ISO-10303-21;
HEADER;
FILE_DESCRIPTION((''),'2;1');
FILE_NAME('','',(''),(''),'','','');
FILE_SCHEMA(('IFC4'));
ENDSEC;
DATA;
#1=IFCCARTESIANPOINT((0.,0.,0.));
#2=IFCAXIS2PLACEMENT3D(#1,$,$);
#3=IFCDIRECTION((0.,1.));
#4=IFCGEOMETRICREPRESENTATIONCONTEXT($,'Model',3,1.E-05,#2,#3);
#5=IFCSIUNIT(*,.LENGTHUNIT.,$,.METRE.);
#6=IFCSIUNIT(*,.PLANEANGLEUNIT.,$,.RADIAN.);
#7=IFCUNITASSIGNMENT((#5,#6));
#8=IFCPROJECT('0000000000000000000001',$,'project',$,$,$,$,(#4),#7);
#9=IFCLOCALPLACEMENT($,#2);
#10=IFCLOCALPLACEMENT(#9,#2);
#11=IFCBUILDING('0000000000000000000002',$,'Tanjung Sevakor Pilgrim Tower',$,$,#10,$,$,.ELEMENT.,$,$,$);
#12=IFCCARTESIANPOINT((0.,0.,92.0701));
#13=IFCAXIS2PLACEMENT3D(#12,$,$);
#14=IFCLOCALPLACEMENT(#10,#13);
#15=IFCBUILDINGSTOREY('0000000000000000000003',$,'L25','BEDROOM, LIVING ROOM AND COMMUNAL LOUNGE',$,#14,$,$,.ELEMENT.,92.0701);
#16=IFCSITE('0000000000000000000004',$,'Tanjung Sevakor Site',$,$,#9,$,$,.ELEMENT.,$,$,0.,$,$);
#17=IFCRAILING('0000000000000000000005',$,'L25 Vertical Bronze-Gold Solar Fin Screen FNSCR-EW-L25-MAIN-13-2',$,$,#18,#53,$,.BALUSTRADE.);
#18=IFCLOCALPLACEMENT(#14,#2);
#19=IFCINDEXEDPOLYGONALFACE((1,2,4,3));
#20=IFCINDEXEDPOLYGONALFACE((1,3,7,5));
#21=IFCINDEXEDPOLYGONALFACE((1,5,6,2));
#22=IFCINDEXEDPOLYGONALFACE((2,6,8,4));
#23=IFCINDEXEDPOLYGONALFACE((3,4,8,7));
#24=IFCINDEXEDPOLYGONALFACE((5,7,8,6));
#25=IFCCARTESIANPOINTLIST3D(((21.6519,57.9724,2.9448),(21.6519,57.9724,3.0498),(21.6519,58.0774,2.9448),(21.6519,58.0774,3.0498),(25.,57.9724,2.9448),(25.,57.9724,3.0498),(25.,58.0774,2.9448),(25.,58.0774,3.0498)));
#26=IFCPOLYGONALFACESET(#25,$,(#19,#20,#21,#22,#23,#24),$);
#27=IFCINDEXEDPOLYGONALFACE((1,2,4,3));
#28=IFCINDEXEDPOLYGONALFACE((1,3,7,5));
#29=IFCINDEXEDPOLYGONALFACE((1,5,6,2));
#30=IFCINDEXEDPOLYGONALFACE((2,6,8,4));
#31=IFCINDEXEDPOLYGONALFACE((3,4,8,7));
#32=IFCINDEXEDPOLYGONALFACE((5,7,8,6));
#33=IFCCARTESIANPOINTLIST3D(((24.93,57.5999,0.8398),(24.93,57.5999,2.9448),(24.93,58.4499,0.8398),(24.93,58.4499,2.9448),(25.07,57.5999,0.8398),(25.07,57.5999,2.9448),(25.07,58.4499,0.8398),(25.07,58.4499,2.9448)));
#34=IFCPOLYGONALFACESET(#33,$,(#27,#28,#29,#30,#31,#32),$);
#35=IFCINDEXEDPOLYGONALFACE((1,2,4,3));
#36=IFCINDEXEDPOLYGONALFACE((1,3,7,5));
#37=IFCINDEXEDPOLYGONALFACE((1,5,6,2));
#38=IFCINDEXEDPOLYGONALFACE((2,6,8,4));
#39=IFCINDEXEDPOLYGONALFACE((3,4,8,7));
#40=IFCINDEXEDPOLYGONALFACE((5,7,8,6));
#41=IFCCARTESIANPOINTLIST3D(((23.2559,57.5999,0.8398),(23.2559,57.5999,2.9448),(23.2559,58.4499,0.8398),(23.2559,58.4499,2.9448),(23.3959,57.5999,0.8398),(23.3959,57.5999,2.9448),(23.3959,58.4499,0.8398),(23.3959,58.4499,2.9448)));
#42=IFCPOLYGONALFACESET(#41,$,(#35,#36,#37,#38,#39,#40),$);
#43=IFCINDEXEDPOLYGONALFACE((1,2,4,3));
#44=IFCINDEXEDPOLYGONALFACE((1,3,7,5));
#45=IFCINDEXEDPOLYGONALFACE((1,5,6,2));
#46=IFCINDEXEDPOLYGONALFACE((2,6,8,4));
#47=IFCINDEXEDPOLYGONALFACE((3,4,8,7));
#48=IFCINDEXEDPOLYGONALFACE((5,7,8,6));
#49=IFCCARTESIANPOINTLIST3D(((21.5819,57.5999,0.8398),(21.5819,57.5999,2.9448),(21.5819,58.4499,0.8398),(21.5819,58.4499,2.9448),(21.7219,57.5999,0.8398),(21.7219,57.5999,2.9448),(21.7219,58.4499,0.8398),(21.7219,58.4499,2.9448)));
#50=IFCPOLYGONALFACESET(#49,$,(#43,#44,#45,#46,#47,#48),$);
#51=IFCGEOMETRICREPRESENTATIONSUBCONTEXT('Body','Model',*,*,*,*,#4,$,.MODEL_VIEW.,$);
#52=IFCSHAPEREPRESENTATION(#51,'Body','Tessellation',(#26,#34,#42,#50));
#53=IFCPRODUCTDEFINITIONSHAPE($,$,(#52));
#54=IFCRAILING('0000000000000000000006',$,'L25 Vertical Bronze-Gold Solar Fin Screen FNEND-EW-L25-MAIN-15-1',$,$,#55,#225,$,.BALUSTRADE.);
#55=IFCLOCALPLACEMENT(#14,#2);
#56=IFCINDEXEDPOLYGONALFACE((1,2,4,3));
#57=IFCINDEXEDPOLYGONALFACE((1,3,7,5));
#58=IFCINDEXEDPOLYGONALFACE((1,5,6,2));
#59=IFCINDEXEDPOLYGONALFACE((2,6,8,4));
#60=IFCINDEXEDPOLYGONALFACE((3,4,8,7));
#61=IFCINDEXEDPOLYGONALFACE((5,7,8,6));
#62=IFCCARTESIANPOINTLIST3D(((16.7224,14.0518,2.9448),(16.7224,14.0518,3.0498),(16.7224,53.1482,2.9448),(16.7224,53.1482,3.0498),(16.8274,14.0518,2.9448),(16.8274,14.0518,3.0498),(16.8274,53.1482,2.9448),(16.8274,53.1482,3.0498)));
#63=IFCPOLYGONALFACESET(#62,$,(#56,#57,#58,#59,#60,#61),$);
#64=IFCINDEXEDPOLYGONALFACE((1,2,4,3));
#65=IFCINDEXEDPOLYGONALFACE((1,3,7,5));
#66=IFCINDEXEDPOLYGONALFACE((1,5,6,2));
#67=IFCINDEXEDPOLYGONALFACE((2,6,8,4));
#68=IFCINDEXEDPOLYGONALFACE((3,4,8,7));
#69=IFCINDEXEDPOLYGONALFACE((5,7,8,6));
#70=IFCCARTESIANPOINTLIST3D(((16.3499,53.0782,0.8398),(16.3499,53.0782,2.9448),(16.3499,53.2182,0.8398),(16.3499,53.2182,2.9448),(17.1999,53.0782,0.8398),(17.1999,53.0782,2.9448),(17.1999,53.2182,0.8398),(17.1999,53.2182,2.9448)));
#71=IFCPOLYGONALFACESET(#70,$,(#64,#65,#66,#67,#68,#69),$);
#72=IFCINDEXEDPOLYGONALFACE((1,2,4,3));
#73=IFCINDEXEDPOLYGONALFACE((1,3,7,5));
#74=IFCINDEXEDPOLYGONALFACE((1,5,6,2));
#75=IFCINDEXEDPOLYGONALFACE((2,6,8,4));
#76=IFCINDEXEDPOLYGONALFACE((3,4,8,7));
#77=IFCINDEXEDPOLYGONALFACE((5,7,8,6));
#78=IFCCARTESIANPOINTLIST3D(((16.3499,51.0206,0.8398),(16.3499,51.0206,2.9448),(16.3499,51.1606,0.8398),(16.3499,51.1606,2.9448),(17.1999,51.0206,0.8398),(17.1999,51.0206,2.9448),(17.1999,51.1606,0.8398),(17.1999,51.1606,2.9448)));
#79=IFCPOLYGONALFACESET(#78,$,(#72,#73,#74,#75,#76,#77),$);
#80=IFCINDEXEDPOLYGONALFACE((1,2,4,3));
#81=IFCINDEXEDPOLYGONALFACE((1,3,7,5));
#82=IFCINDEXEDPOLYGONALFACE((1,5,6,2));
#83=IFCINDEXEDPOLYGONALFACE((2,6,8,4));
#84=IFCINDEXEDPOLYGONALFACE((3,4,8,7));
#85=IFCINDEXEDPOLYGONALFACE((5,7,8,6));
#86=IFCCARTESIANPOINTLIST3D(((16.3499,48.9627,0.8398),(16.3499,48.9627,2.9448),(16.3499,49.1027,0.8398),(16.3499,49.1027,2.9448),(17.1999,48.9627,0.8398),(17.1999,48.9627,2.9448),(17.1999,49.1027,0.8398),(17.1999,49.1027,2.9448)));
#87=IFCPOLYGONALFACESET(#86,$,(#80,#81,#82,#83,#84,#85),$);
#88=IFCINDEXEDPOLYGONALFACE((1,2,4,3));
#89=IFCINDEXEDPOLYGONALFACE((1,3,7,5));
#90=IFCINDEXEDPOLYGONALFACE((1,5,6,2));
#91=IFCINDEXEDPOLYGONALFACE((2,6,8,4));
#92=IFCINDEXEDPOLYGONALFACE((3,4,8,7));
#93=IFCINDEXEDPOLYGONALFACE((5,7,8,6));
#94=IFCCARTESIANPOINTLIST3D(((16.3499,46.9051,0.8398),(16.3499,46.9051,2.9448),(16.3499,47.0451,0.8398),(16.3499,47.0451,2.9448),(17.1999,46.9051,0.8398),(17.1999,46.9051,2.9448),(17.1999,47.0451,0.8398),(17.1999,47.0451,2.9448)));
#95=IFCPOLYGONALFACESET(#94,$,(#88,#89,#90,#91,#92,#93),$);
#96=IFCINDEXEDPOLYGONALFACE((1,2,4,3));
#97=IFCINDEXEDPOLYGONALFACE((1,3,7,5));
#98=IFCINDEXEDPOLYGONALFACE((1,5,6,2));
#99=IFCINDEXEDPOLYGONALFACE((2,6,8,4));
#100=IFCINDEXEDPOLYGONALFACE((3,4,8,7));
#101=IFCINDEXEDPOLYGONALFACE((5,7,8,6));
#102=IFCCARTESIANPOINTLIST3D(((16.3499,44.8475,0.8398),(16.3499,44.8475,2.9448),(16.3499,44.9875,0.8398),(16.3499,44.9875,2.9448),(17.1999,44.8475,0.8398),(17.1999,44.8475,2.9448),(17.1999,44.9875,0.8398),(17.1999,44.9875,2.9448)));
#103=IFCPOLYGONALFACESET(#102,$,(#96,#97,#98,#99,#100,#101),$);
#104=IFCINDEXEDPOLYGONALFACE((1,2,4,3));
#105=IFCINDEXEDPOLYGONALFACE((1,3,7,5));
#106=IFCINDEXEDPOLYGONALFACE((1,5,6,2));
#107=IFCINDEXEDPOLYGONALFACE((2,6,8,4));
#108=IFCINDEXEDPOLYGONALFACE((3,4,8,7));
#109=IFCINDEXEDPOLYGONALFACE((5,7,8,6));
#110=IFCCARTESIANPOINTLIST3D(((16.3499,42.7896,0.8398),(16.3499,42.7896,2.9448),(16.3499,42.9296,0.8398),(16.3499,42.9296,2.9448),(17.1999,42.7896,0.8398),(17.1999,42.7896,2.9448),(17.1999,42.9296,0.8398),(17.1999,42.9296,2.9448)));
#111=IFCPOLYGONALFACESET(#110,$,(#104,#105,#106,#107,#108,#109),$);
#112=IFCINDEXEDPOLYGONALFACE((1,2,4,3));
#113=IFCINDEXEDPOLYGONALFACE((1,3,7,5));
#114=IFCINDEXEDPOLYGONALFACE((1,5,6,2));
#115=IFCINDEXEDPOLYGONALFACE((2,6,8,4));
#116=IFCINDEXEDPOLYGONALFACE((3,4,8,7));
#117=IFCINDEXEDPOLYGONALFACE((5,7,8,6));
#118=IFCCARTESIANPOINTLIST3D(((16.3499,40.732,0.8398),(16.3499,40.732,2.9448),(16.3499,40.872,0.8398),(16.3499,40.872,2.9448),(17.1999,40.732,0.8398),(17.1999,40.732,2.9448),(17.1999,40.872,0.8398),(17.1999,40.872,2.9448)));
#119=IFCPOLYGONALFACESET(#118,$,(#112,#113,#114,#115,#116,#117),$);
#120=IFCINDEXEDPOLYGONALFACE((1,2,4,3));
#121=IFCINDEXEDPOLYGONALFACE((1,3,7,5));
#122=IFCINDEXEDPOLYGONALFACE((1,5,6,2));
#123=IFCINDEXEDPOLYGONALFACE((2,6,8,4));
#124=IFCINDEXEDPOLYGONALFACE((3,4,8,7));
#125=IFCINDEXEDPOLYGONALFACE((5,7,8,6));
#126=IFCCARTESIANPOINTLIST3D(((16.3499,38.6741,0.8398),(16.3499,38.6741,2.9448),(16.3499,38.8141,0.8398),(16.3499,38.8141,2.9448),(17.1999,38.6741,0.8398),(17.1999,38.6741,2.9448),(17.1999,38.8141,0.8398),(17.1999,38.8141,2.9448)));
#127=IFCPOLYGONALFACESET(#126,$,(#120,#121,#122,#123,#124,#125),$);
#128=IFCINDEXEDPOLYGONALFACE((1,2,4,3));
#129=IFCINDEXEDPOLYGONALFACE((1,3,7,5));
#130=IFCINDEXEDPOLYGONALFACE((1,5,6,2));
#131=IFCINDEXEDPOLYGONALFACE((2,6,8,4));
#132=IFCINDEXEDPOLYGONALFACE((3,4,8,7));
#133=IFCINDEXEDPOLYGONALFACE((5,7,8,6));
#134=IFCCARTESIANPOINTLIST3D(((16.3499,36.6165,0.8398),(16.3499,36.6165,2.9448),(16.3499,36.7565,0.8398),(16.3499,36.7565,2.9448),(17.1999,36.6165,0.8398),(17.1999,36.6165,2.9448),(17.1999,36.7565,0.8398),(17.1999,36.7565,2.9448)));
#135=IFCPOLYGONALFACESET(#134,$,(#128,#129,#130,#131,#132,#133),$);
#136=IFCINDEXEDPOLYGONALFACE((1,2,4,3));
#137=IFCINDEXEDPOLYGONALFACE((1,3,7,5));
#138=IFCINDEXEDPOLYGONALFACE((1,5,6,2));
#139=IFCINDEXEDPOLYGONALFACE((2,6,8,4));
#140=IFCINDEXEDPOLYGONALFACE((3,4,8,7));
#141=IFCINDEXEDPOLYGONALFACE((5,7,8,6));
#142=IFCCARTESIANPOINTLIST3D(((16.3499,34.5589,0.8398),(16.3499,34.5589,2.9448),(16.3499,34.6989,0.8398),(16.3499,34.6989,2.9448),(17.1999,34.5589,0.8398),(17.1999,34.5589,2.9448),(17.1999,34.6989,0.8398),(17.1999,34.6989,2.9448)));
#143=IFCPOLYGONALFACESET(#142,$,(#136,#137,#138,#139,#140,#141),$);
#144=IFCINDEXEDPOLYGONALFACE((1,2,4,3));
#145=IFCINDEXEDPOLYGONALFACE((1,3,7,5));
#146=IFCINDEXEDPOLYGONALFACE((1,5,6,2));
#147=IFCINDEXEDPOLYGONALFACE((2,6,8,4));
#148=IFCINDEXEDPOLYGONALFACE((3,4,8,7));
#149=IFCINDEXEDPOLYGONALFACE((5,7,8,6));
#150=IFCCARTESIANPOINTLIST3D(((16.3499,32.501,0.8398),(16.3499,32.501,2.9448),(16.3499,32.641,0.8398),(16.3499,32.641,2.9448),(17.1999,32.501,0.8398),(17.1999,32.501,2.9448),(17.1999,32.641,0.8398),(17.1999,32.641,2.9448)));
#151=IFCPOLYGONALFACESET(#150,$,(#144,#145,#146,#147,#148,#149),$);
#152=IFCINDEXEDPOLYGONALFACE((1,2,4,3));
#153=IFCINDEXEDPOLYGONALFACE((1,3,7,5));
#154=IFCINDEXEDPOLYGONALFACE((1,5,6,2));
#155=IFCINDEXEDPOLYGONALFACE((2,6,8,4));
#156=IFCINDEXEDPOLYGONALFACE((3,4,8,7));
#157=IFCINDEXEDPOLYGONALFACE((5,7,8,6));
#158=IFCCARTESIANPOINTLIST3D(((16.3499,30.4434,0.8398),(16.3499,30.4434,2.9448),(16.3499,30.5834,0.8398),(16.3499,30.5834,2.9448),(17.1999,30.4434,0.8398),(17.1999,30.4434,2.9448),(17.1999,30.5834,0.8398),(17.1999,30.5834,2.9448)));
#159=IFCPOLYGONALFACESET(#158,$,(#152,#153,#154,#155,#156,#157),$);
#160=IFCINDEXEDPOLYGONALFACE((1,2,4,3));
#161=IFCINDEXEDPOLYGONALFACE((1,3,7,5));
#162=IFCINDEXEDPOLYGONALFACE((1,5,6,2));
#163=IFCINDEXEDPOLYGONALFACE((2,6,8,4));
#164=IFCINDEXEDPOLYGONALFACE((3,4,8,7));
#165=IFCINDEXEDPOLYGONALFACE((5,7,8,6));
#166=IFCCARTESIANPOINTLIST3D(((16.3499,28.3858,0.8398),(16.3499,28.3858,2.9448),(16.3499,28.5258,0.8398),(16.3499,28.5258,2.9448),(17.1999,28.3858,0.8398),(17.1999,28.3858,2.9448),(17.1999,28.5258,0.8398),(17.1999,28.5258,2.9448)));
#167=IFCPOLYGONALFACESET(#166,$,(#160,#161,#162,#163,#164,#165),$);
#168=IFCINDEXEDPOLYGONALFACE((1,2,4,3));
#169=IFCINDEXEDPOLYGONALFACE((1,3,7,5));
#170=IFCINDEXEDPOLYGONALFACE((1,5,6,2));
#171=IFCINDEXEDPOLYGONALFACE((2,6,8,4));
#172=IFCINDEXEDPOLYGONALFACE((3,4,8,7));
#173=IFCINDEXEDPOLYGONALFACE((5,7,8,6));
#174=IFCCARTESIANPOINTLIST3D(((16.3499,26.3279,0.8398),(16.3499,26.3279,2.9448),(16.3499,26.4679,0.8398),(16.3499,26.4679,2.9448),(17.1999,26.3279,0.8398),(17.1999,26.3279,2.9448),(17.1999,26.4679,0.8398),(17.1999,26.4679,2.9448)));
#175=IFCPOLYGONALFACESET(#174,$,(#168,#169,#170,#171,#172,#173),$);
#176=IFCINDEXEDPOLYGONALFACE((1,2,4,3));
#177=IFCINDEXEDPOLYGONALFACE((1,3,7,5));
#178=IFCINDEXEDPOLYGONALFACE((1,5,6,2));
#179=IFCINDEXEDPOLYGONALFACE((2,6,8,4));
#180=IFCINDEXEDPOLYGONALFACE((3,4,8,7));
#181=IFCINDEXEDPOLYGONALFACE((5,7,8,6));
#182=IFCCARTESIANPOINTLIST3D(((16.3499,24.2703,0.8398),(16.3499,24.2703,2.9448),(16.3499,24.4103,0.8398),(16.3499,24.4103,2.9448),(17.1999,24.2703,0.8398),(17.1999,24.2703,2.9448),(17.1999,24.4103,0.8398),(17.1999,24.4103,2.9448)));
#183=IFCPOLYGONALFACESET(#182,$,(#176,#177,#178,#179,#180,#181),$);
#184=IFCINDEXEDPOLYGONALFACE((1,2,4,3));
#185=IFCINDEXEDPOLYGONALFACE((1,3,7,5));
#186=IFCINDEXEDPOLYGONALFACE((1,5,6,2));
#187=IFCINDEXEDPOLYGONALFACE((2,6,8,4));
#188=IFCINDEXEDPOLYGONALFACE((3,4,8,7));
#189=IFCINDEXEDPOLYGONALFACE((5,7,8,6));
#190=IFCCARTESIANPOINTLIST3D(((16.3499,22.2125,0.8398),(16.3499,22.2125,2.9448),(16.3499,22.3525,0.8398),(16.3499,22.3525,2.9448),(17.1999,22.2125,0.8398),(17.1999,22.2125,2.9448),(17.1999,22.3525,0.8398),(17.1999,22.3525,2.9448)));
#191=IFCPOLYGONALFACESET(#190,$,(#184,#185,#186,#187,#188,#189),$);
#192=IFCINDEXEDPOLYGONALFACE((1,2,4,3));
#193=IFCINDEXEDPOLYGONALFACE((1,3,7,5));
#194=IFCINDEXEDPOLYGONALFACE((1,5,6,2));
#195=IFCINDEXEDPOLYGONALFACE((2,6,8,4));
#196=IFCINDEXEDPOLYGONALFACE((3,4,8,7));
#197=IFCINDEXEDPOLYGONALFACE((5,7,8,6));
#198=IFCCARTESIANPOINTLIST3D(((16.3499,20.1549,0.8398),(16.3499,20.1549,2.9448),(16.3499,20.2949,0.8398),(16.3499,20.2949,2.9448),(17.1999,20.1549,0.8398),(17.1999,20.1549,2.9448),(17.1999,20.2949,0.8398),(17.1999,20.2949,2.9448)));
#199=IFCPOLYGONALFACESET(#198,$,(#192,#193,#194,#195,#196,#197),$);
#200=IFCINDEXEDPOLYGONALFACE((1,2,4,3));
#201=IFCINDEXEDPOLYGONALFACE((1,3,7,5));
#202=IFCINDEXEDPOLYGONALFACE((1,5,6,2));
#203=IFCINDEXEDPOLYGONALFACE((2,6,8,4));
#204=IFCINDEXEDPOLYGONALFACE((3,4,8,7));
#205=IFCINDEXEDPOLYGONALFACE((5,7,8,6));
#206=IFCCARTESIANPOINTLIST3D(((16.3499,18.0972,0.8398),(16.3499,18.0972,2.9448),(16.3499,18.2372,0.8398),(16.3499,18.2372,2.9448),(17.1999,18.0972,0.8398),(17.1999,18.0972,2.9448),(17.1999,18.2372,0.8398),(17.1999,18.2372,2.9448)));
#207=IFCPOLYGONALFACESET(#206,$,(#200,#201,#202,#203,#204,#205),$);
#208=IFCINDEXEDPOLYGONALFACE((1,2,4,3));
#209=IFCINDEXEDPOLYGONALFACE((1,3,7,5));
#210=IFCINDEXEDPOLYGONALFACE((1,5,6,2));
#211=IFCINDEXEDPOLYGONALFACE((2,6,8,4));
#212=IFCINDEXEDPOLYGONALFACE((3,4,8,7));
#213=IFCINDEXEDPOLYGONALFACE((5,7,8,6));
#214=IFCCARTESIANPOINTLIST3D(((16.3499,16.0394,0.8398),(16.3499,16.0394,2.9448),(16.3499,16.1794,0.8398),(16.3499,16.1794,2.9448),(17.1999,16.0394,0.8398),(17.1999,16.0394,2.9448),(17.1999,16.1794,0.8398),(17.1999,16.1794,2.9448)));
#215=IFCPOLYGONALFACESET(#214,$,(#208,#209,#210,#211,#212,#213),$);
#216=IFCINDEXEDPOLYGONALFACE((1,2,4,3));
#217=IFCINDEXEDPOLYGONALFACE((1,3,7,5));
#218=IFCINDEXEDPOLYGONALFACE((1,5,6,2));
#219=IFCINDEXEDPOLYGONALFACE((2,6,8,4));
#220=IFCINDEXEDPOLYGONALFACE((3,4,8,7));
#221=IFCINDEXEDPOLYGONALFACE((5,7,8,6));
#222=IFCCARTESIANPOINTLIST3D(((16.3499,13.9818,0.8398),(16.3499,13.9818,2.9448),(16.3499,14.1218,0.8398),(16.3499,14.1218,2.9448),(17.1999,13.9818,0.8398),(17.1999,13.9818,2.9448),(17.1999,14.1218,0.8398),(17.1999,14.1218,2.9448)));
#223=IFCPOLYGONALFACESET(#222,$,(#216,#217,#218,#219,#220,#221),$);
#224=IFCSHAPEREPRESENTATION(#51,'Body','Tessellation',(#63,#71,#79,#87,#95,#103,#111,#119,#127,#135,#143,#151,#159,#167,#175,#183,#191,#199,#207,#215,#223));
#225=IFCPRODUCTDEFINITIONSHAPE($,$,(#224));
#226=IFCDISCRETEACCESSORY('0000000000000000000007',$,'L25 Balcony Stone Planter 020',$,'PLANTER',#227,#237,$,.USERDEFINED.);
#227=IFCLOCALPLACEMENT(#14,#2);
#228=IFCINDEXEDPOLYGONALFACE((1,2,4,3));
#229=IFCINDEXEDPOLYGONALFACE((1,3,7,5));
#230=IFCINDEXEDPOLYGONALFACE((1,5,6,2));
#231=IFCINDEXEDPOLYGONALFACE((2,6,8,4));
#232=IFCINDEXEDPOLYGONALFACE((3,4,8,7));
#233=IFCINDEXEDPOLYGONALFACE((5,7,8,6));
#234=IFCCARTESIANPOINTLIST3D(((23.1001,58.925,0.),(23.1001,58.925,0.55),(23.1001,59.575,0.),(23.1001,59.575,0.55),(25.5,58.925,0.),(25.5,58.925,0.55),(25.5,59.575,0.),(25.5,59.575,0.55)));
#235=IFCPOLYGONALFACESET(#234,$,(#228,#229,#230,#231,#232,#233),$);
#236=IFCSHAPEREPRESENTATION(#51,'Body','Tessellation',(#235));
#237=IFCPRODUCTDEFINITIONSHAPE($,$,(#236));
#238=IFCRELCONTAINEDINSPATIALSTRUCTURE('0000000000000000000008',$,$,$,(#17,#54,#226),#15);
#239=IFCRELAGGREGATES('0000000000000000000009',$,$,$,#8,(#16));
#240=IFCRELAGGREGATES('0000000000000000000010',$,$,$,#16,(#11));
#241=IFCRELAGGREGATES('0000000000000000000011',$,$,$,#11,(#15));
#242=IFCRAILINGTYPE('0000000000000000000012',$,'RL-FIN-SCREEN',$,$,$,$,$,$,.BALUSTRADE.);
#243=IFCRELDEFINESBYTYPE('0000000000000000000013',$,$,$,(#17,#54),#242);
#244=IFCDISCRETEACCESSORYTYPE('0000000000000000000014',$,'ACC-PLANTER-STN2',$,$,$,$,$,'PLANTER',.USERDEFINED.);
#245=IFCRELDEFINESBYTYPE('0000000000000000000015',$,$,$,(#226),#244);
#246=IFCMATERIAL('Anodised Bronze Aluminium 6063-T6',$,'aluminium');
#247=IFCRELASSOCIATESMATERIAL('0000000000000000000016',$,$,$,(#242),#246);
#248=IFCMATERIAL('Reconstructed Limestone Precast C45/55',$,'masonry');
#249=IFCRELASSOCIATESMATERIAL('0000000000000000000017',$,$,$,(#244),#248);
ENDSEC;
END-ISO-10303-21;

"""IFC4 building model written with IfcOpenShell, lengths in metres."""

from ifc_helpers import new_model, si_unit, direction, frame, origin, origin_2d, place, context, subcontext, project, spatial, rectangle, extrude, material, type_object, element, save


model = new_model("IFC4")

# Units and contexts
model_context = context("Model", 3, precision=1e-05, world=origin(), true_north=direction((0.0, 1.0)))
body_context = subcontext(model_context, "Body", "Model", "MODEL_VIEW")
ifc_project = project(units=[si_unit("LENGTHUNIT", "METRE"), si_unit("PLANEANGLEUNIT", "RADIAN")], contexts=[model_context])

# Site, building, storey
site_placement = place(None, origin())
site = spatial("IfcSite", under=ifc_project, at=site_placement, Name="Tanjung Sevakor Site", CompositionType="ELEMENT", RefElevation=0.0)
building_placement = place(site_placement, origin())
building = spatial("IfcBuilding", under=site, at=building_placement, Name="Tanjung Sevakor Pilgrim Tower", CompositionType="ELEMENT")
storey_placement = place(building_placement, frame((0.0, 0.0, 92.0701)))
storey = spatial("IfcBuildingStorey", under=building, at=storey_placement, Name="L25", Description="BEDROOM, LIVING ROOM AND COMMUNAL LOUNGE", CompositionType="ELEMENT", Elevation=92.0701)

# Railings
ifc_material_1 = material(Name="Anodised Bronze Aluminium 6063-T6", Category="aluminium")
railing_type_1 = type_object("IfcRailingType", Name="RL-FIN-SCREEN", PredefinedType="BALUSTRADE", material=ifc_material_1)
railing_1_placement = place(storey_placement, frame((25.0, 58.0249, 0.8398)))
element("IfcRailing", 1, at=railing_1_placement, inside=storey, type_object=railing_type_1, Name="L25 Vertical Bronze-Gold Solar Fin Screen FNSCR-EW-L25-MAIN-13-2", PredefinedType="BALUSTRADE", context=body_context, shape_type="SweptSolid", body=[
    extrude(rectangle(XDim=0.105, YDim=0.105), frame((0.0, 0.0, 2.1575), z_axis=(-1.0, 0.0, 0.0), x_axis=(0.0, -1.0, 0.0)), (0.0, 0.0, 1.0), 3.3481),
    extrude(rectangle(XDim=0.14, YDim=0.85), origin(), (0.0, 0.0, 1.0), 2.105),
    extrude(rectangle(XDim=0.14, YDim=0.85), frame((-1.6741, 0.0, 0.0)), (0.0, 0.0, 1.0), 2.105),
    extrude(rectangle(XDim=0.14, YDim=0.85), frame((-3.3481, 0.0, 0.0)), (0.0, 0.0, 1.0), 2.105),
])
railing_2_placement = place(storey_placement, frame((16.7749, 53.1482, 0.8398)))
element("IfcRailing", 2, at=railing_2_placement, inside=storey, type_object=railing_type_1, Name="L25 Vertical Bronze-Gold Solar Fin Screen FNEND-EW-L25-MAIN-15-1", PredefinedType="BALUSTRADE", context=body_context, shape_type="SweptSolid", body=[
    extrude(rectangle(XDim=0.105, YDim=0.105), frame((0.0, 0.0, 2.1575), z_axis=(0.0, -1.0, 0.0), x_axis=(1.0, 0.0, 0.0)), (0.0, 0.0, 1.0), 39.0964),
    extrude(rectangle(XDim=0.85, YDim=0.14), origin(), (0.0, 0.0, 1.0), 2.105),
    extrude(rectangle(XDim=0.85, YDim=0.14), frame((0.0, -2.0576, 0.0)), (0.0, 0.0, 1.0), 2.105),
    extrude(rectangle(XDim=0.85, YDim=0.14), frame((0.0, -4.1155, 0.0)), (0.0, 0.0, 1.0), 2.105),
    extrude(rectangle(XDim=0.85, YDim=0.14), frame((0.0, -6.1731, 0.0)), (0.0, 0.0, 1.0), 2.105),
    extrude(rectangle(XDim=0.85, YDim=0.14), frame((0.0, -8.2307, 0.0)), (0.0, 0.0, 1.0), 2.105),
    extrude(rectangle(XDim=0.85, YDim=0.14), frame((0.0, -10.2886, 0.0)), (0.0, 0.0, 1.0), 2.105),
    extrude(rectangle(XDim=0.85, YDim=0.14), frame((0.0, -12.3462, 0.0)), (0.0, 0.0, 1.0), 2.105),
    extrude(rectangle(XDim=0.85, YDim=0.14), frame((0.0, -14.4041, 0.0)), (0.0, 0.0, 1.0), 2.105),
    extrude(rectangle(XDim=0.85, YDim=0.14), frame((0.0, -16.4617, 0.0)), (0.0, 0.0, 1.0), 2.105),
    extrude(rectangle(XDim=0.85, YDim=0.14), frame((0.0, -18.5193, 0.0)), (0.0, 0.0, 1.0), 2.105),
    extrude(rectangle(XDim=0.85, YDim=0.14), frame((0.0, -20.5771, 0.0)), (0.0, 0.0, 1.0), 2.105),
    extrude(rectangle(XDim=0.85, YDim=0.14), frame((0.0, -22.6348, 0.0)), (0.0, 0.0, 1.0), 2.105),
    extrude(rectangle(XDim=0.85, YDim=0.14), frame((0.0, -24.6924, 0.0)), (0.0, 0.0, 1.0), 2.105),
    extrude(rectangle(XDim=0.85, YDim=0.14), frame((0.0, -26.7502, 0.0)), (0.0, 0.0, 1.0), 2.105),
    extrude(rectangle(XDim=0.85, YDim=0.14), frame((0.0, -28.8079, 0.0)), (0.0, 0.0, 1.0), 2.105),
    extrude(rectangle(XDim=0.85, YDim=0.14), frame((0.0, -30.8657, 0.0)), (0.0, 0.0, 1.0), 2.105),
    extrude(rectangle(XDim=0.85, YDim=0.14), frame((0.0, -32.9233, 0.0)), (0.0, 0.0, 1.0), 2.105),
    extrude(rectangle(XDim=0.85, YDim=0.14), frame((0.0, -34.981, 0.0)), (0.0, 0.0, 1.0), 2.105),
    extrude(rectangle(XDim=0.85, YDim=0.14), frame((0.0, -37.0388, 0.0)), (0.0, 0.0, 1.0), 2.105),
    extrude(rectangle(XDim=0.85, YDim=0.14), frame((0.0, -39.0964, 0.0)), (0.0, 0.0, 1.0), 2.105),
])

# Discrete accessory
ifc_material_2 = material(Name="Reconstructed Limestone Precast C45/55", Category="masonry")
discrete_accessory_type = type_object("IfcDiscreteAccessoryType", Name="ACC-PLANTER-STN2", ElementType="PLANTER", PredefinedType="USERDEFINED", material=ifc_material_2)
discrete_accessory_placement = place(storey_placement, frame((24.3, 59.25, 0.0), z_axis=(0.0, 0.0, 1.0), x_axis=(1.0, 0.0, 0.0)))
element("IfcDiscreteAccessory", 3, at=discrete_accessory_placement, inside=storey, type_object=discrete_accessory_type, Name="L25 Balcony Stone Planter 020", ObjectType="PLANTER", PredefinedType="USERDEFINED", context=body_context, shape_type="SweptSolid", body=[
    extrude(rectangle(XDim=2.3999, YDim=0.6499, at=origin_2d()), origin(), (0.0, 0.0, 1.0), 0.55),
])

save(model, "model.ifc")
